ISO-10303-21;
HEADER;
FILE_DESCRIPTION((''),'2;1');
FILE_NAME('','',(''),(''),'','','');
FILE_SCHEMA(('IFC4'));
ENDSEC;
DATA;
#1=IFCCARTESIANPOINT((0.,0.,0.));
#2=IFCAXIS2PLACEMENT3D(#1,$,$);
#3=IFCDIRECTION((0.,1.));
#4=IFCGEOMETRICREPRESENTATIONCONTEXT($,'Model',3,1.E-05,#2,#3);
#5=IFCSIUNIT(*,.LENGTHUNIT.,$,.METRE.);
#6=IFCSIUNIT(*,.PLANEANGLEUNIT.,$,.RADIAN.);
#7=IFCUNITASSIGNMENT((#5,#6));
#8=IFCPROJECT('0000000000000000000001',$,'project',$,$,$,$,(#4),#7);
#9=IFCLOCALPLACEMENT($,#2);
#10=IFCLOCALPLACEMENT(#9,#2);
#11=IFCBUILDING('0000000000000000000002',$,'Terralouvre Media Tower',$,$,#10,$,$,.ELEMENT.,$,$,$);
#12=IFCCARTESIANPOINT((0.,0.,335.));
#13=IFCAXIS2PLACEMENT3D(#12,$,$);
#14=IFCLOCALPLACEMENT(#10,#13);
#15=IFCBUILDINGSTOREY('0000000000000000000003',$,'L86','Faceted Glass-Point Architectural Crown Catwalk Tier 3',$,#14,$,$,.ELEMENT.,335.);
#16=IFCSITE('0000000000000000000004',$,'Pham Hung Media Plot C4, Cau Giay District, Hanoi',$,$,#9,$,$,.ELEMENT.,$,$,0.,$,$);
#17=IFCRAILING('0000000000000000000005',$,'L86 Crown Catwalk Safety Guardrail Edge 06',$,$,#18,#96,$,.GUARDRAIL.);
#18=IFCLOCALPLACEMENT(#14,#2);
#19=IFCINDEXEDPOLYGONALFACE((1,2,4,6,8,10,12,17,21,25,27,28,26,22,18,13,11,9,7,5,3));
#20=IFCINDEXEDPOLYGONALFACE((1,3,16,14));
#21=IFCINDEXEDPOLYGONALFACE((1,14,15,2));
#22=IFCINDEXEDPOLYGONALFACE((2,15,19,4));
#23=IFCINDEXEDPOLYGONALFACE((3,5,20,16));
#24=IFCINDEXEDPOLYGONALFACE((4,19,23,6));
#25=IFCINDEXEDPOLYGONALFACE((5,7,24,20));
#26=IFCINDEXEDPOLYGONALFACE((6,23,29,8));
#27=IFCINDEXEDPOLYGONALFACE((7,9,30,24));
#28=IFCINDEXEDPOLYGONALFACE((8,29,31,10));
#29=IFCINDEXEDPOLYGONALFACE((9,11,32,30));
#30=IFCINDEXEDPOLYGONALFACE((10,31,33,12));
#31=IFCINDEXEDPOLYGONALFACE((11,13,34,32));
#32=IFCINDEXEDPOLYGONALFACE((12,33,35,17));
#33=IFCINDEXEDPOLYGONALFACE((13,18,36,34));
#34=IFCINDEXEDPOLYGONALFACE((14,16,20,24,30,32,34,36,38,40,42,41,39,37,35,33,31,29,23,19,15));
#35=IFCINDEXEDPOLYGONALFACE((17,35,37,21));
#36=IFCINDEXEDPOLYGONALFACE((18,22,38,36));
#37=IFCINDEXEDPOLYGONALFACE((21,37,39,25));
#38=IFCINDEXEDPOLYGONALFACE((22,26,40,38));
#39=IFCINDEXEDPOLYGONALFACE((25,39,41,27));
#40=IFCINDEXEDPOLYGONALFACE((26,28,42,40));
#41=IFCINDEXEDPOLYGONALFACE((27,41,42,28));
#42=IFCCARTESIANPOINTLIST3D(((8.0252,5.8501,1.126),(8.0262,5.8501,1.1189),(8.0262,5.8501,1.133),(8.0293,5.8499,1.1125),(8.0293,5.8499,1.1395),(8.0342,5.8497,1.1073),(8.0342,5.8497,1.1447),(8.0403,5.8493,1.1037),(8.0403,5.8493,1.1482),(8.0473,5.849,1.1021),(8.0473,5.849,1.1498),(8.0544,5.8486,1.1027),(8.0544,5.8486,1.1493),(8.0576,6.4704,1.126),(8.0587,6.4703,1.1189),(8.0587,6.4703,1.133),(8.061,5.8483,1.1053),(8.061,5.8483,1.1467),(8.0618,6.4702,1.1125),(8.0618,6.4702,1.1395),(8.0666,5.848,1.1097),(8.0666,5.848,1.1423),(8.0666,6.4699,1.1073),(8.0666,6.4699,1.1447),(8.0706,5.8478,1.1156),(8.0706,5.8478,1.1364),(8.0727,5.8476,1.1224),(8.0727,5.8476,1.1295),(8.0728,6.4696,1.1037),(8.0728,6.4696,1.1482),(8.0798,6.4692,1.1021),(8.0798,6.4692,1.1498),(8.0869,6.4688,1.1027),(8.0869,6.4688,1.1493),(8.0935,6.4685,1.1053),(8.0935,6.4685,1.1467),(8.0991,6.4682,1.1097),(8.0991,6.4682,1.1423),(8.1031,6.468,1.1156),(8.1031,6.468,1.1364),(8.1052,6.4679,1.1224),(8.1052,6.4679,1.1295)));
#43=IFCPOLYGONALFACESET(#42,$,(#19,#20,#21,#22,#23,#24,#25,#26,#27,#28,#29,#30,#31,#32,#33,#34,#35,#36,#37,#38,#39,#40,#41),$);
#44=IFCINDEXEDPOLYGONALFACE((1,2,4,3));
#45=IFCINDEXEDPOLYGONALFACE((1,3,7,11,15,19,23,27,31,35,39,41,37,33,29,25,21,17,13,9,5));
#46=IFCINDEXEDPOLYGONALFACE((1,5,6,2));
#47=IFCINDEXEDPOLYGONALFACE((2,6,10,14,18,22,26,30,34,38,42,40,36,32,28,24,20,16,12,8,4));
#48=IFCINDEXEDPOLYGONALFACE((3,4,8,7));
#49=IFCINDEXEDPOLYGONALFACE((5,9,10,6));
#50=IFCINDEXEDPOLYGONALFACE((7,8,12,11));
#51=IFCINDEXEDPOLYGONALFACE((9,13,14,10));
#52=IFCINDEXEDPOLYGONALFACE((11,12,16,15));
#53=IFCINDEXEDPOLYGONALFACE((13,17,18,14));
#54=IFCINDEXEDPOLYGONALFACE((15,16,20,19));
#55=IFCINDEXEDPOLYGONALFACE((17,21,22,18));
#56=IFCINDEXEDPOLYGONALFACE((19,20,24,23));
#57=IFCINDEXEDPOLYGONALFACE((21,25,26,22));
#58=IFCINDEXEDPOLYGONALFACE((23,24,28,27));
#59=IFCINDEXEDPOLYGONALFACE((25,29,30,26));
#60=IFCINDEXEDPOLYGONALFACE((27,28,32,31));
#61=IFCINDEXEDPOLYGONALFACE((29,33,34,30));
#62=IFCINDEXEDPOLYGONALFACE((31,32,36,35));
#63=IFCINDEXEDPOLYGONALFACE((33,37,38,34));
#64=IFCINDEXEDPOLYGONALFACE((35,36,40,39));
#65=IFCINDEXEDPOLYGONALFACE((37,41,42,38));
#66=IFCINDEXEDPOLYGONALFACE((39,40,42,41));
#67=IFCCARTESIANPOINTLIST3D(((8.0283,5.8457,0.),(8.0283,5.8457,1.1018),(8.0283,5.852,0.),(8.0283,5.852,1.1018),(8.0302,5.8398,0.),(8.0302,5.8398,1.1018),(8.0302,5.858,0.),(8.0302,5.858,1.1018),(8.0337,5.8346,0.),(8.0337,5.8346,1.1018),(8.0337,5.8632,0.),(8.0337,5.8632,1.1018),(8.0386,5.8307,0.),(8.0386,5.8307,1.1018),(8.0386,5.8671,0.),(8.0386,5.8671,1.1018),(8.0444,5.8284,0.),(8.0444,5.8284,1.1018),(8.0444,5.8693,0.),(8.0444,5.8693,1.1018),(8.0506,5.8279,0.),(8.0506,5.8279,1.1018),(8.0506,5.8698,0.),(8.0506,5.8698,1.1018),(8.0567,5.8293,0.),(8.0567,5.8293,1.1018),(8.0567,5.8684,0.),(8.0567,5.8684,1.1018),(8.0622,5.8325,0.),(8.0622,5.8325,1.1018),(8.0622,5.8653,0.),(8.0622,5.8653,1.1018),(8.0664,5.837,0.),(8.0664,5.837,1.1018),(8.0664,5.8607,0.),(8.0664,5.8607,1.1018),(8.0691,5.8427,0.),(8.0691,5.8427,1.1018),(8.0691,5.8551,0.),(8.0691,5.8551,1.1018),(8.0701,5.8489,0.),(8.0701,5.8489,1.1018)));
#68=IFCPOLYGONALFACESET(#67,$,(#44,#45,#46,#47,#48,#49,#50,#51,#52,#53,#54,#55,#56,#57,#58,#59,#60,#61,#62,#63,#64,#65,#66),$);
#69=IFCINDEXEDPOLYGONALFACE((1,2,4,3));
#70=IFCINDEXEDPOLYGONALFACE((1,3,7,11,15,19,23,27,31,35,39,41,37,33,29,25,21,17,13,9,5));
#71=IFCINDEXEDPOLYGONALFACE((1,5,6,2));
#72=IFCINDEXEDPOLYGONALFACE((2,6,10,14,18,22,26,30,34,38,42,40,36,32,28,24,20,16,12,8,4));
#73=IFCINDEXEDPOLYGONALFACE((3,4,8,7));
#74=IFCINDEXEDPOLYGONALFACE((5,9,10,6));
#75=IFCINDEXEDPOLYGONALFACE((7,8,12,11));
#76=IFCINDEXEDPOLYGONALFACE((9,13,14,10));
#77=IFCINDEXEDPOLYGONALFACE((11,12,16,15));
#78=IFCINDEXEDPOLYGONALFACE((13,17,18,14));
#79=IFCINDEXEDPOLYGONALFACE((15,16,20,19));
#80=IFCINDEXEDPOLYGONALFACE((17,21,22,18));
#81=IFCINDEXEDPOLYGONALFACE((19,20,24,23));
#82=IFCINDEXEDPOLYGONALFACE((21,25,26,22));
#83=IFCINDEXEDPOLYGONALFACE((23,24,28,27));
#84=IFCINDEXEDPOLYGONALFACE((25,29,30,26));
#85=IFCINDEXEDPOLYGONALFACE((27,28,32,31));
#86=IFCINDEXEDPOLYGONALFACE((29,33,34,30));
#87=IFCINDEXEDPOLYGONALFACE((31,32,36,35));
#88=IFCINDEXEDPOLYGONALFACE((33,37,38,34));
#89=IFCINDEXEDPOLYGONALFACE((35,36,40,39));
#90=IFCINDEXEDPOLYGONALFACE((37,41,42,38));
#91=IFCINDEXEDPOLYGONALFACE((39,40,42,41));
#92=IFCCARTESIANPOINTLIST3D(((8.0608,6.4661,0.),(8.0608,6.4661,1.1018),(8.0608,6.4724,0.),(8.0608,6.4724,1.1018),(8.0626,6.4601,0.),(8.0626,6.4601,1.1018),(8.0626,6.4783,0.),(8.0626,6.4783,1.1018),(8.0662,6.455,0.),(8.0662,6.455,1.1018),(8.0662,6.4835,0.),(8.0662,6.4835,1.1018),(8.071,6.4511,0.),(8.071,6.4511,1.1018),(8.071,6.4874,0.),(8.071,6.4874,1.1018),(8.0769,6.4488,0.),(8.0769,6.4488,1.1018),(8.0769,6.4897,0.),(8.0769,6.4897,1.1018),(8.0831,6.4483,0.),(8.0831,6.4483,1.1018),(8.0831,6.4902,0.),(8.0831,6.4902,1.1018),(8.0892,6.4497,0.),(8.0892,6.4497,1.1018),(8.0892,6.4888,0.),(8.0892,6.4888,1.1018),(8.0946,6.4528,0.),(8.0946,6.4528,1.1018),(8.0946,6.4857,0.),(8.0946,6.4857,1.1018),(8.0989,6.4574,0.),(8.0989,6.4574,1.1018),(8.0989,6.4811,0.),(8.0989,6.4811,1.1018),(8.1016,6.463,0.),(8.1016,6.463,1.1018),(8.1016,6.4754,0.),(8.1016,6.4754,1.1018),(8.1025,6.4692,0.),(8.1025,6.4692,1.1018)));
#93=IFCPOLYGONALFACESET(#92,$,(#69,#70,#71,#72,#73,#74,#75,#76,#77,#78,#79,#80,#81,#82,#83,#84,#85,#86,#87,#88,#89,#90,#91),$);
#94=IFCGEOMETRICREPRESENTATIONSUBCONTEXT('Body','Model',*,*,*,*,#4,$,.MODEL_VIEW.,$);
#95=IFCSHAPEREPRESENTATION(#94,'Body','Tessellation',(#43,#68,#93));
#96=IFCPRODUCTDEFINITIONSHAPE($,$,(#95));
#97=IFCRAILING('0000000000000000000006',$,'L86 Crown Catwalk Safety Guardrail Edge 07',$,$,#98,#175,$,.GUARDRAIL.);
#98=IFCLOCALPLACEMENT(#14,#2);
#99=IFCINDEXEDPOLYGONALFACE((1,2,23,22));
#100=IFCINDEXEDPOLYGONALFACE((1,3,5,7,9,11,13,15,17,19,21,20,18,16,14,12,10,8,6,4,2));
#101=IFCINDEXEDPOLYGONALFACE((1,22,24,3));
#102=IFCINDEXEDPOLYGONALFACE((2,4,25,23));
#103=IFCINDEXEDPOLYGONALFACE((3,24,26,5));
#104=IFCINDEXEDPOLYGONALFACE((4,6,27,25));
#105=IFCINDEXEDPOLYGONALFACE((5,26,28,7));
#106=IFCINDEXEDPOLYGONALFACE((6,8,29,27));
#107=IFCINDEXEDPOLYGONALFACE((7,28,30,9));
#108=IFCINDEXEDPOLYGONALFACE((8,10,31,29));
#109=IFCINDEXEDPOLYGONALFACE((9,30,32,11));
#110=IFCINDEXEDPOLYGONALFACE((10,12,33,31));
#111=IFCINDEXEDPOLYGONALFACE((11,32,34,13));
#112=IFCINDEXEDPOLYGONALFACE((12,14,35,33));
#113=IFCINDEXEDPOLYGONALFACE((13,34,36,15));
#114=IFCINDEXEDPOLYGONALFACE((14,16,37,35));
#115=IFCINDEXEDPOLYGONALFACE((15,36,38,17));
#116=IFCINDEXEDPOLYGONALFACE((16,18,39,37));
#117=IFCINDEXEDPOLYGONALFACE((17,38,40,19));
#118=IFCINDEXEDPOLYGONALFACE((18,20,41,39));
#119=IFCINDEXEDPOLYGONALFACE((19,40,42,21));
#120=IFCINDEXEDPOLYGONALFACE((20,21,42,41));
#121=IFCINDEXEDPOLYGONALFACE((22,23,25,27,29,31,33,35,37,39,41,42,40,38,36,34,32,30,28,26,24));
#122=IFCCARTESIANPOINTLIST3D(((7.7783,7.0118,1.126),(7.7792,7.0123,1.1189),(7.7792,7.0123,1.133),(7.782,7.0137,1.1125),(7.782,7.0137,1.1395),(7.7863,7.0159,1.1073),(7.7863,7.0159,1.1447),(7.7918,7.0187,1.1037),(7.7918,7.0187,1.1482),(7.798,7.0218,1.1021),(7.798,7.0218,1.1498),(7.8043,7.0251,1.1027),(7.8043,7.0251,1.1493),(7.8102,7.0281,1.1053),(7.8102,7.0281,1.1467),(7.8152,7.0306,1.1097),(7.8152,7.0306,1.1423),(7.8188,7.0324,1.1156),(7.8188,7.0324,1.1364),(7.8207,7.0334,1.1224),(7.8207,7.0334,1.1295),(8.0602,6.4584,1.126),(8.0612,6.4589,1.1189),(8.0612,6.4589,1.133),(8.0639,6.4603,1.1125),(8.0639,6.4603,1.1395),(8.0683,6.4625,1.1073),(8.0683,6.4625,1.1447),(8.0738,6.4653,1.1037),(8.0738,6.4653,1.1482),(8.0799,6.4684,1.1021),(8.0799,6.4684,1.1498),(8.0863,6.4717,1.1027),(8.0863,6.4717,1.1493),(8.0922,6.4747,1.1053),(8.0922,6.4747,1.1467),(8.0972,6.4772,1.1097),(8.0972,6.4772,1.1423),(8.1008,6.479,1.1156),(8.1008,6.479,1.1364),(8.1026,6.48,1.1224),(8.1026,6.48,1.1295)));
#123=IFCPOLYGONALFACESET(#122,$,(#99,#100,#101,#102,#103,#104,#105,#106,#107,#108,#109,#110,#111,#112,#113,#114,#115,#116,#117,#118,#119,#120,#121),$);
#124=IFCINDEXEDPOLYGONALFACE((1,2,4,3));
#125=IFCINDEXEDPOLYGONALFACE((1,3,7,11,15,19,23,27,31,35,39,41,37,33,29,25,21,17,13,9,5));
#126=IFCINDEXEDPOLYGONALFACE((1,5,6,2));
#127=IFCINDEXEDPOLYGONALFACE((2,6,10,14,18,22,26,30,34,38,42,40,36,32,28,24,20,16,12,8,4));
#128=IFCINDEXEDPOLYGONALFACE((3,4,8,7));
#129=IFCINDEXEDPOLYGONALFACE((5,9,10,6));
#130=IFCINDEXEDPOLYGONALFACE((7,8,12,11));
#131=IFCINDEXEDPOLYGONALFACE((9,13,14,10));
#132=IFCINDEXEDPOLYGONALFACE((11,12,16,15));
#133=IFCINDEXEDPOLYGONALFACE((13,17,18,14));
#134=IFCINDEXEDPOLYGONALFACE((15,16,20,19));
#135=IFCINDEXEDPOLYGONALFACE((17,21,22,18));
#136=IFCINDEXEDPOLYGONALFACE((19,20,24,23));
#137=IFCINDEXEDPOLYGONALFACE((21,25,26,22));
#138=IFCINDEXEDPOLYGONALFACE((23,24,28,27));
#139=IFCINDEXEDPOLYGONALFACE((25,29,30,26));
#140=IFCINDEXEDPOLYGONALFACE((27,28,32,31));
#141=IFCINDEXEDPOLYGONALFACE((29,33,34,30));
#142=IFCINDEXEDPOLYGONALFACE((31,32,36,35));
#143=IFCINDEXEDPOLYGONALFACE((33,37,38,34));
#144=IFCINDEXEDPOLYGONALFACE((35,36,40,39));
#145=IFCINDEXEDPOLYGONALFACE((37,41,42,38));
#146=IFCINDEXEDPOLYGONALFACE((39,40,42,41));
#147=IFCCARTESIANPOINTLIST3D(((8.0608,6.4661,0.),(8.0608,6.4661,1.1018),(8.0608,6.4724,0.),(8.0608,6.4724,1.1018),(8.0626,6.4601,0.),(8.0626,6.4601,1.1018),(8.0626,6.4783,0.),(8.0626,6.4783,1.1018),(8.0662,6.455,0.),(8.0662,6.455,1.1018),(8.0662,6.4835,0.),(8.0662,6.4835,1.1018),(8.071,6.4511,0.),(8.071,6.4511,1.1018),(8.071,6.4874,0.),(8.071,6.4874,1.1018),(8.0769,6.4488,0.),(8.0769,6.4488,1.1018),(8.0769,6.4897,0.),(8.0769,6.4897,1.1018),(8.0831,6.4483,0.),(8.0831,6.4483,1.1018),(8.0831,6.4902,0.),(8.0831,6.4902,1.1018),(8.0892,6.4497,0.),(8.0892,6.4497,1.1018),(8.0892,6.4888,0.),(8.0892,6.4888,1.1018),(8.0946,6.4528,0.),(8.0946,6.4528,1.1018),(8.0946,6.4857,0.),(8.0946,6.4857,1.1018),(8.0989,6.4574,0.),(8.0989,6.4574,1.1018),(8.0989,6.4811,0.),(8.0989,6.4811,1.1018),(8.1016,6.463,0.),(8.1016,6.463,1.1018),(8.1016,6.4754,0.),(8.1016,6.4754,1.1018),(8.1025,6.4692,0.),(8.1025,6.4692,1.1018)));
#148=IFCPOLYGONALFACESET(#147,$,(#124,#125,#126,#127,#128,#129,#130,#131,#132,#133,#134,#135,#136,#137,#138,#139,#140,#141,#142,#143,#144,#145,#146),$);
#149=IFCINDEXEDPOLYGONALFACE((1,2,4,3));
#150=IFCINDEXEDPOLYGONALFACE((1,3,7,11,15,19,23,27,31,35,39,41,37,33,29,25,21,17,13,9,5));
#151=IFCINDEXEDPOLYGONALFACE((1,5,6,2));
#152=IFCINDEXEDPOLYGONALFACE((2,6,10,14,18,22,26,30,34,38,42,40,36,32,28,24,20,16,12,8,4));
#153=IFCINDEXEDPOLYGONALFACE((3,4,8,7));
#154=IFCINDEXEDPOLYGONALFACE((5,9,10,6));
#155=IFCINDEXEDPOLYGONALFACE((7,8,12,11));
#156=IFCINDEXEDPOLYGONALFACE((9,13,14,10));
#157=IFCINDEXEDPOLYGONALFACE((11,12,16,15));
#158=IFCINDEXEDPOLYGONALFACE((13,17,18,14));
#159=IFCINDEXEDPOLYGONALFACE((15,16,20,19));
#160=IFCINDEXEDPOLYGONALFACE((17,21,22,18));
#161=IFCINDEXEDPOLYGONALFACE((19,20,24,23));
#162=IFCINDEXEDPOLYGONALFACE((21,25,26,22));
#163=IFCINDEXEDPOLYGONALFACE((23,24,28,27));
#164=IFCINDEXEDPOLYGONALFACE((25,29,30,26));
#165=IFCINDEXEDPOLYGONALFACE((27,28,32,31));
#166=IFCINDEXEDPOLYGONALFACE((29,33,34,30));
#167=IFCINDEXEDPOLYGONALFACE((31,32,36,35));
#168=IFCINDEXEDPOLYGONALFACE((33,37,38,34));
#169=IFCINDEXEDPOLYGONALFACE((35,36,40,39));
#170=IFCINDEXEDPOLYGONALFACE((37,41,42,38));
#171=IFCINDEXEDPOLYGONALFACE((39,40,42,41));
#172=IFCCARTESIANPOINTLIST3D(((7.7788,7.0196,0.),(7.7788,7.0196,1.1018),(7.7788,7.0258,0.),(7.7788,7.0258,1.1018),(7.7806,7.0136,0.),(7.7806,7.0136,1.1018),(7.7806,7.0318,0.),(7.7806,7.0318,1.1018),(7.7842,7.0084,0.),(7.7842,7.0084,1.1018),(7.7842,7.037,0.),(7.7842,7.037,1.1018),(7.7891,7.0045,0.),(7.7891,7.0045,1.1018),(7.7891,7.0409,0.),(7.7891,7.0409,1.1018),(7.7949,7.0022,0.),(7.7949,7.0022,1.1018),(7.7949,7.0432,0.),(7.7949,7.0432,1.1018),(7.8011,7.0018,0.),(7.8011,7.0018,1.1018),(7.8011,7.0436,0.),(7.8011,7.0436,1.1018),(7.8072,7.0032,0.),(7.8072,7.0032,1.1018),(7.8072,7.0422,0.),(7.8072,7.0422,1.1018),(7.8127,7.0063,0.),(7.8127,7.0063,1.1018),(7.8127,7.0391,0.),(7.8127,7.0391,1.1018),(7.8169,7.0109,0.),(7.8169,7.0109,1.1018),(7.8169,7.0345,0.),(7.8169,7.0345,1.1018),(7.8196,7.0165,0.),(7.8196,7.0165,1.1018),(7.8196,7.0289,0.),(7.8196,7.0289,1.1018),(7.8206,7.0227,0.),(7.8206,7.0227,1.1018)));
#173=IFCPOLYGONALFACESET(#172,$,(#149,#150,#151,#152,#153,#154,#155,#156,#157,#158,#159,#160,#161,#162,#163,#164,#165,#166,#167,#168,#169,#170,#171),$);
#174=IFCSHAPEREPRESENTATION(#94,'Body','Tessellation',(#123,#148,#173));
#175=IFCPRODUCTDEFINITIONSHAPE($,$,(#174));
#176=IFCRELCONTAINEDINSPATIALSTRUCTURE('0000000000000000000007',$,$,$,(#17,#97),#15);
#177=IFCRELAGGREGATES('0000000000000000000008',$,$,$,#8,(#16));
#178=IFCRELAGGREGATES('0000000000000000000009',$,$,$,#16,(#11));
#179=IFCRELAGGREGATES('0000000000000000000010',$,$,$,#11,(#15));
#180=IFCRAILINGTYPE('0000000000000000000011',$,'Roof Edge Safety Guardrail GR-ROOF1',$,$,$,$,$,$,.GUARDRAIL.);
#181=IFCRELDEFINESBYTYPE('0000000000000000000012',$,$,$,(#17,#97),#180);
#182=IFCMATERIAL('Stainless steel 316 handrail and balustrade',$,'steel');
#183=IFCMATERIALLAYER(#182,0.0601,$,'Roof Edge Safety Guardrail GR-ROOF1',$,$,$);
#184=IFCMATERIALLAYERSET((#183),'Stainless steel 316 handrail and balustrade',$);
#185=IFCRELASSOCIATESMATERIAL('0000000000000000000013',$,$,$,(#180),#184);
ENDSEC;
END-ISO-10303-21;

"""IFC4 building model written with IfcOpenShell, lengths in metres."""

from ifc_helpers import new_model, si_unit, direction, frame, origin, origin_2d, place, context, subcontext, project, spatial, circle, extrude, material, layer, layer_set, type_object, element, save


model = new_model("IFC4")

# Units and contexts
model_context = context("Model", 3, precision=1e-05, world=origin(), true_north=direction((0.0, 1.0)))
body_context = subcontext(model_context, "Body", "Model", "MODEL_VIEW")
ifc_project = project(units=[si_unit("LENGTHUNIT", "METRE"), si_unit("PLANEANGLEUNIT", "RADIAN")], contexts=[model_context])

# Site, building, storey
site_placement = place(None, origin())
site = spatial("IfcSite", under=ifc_project, at=site_placement, Name="Pham Hung Media Plot C4, Cau Giay District, Hanoi", CompositionType="ELEMENT", RefElevation=0.0)
building_placement = place(site_placement, origin())
building = spatial("IfcBuilding", under=site, at=building_placement, Name="Terralouvre Media Tower", CompositionType="ELEMENT")
storey_placement = place(building_placement, frame((0.0, 0.0, 335.0)))
storey = spatial("IfcBuildingStorey", under=building, at=storey_placement, Name="L86", Description="Faceted Glass-Point Architectural Crown Catwalk Tier 3", CompositionType="ELEMENT", Elevation=335.0)

# Railings
ifc_material_1 = material(Name="Stainless steel 316 handrail and balustrade", Category="steel")
ifc_layer_1 = layer(ifc_material_1, 0.0601, Name="Roof Edge Safety Guardrail GR-ROOF1")
ifc_layer_set_1 = layer_set([ifc_layer_1], Name="Stainless steel 316 handrail and balustrade")
railing_type_1 = type_object("IfcRailingType", Name="Roof Edge Safety Guardrail GR-ROOF1", PredefinedType="GUARDRAIL", material=ifc_layer_set_1)
railing_1_placement = place(storey_placement, frame((8.0491, 5.8489, 0.0)))
element("IfcRailing", 1, at=railing_1_placement, inside=storey, type_object=railing_type_1, Name="L86 Crown Catwalk Safety Guardrail Edge 06", PredefinedType="GUARDRAIL", context=body_context, shape_type="SweptSolid", body=[
    extrude(circle(Radius=0.0239, at=origin_2d()), frame((0.0, 0.0, 1.126), z_axis=(0.05227, 0.998633, 0.0), x_axis=(-0.998633, 0.05227, 0.0)), (0.0, 0.0, 1.0), 0.6211),
    extrude(circle(Radius=0.021, at=origin_2d()), origin(), (0.0, 0.0, 1.0), 1.1018),
    extrude(circle(Radius=0.021, at=origin_2d()), frame((0.0325, 0.6204, 0.0)), (0.0, 0.0, 1.0), 1.1018),
])
railing_2_placement = place(storey_placement, frame((8.0815, 6.4692, 0.0)))
element("IfcRailing", 2, at=railing_2_placement, inside=storey, type_object=railing_type_1, Name="L86 Crown Catwalk Safety Guardrail Edge 07", PredefinedType="GUARDRAIL", context=body_context, shape_type="SweptSolid", body=[
    extrude(circle(Radius=0.0239, at=origin_2d()), frame((0.0, 0.0, 1.126), z_axis=(-0.453961, 0.891021, 0.0), x_axis=(-0.891021, -0.453961, 0.0)), (0.0, 0.0, 1.0), 0.6211),
    extrude(circle(Radius=0.021, at=origin_2d()), origin(), (0.0, 0.0, 1.0), 1.1018),
    extrude(circle(Radius=0.021, at=origin_2d()), frame((-0.282, 0.5535, 0.0)), (0.0, 0.0, 1.0), 1.1018),
])

save(model, "model.ifc")
